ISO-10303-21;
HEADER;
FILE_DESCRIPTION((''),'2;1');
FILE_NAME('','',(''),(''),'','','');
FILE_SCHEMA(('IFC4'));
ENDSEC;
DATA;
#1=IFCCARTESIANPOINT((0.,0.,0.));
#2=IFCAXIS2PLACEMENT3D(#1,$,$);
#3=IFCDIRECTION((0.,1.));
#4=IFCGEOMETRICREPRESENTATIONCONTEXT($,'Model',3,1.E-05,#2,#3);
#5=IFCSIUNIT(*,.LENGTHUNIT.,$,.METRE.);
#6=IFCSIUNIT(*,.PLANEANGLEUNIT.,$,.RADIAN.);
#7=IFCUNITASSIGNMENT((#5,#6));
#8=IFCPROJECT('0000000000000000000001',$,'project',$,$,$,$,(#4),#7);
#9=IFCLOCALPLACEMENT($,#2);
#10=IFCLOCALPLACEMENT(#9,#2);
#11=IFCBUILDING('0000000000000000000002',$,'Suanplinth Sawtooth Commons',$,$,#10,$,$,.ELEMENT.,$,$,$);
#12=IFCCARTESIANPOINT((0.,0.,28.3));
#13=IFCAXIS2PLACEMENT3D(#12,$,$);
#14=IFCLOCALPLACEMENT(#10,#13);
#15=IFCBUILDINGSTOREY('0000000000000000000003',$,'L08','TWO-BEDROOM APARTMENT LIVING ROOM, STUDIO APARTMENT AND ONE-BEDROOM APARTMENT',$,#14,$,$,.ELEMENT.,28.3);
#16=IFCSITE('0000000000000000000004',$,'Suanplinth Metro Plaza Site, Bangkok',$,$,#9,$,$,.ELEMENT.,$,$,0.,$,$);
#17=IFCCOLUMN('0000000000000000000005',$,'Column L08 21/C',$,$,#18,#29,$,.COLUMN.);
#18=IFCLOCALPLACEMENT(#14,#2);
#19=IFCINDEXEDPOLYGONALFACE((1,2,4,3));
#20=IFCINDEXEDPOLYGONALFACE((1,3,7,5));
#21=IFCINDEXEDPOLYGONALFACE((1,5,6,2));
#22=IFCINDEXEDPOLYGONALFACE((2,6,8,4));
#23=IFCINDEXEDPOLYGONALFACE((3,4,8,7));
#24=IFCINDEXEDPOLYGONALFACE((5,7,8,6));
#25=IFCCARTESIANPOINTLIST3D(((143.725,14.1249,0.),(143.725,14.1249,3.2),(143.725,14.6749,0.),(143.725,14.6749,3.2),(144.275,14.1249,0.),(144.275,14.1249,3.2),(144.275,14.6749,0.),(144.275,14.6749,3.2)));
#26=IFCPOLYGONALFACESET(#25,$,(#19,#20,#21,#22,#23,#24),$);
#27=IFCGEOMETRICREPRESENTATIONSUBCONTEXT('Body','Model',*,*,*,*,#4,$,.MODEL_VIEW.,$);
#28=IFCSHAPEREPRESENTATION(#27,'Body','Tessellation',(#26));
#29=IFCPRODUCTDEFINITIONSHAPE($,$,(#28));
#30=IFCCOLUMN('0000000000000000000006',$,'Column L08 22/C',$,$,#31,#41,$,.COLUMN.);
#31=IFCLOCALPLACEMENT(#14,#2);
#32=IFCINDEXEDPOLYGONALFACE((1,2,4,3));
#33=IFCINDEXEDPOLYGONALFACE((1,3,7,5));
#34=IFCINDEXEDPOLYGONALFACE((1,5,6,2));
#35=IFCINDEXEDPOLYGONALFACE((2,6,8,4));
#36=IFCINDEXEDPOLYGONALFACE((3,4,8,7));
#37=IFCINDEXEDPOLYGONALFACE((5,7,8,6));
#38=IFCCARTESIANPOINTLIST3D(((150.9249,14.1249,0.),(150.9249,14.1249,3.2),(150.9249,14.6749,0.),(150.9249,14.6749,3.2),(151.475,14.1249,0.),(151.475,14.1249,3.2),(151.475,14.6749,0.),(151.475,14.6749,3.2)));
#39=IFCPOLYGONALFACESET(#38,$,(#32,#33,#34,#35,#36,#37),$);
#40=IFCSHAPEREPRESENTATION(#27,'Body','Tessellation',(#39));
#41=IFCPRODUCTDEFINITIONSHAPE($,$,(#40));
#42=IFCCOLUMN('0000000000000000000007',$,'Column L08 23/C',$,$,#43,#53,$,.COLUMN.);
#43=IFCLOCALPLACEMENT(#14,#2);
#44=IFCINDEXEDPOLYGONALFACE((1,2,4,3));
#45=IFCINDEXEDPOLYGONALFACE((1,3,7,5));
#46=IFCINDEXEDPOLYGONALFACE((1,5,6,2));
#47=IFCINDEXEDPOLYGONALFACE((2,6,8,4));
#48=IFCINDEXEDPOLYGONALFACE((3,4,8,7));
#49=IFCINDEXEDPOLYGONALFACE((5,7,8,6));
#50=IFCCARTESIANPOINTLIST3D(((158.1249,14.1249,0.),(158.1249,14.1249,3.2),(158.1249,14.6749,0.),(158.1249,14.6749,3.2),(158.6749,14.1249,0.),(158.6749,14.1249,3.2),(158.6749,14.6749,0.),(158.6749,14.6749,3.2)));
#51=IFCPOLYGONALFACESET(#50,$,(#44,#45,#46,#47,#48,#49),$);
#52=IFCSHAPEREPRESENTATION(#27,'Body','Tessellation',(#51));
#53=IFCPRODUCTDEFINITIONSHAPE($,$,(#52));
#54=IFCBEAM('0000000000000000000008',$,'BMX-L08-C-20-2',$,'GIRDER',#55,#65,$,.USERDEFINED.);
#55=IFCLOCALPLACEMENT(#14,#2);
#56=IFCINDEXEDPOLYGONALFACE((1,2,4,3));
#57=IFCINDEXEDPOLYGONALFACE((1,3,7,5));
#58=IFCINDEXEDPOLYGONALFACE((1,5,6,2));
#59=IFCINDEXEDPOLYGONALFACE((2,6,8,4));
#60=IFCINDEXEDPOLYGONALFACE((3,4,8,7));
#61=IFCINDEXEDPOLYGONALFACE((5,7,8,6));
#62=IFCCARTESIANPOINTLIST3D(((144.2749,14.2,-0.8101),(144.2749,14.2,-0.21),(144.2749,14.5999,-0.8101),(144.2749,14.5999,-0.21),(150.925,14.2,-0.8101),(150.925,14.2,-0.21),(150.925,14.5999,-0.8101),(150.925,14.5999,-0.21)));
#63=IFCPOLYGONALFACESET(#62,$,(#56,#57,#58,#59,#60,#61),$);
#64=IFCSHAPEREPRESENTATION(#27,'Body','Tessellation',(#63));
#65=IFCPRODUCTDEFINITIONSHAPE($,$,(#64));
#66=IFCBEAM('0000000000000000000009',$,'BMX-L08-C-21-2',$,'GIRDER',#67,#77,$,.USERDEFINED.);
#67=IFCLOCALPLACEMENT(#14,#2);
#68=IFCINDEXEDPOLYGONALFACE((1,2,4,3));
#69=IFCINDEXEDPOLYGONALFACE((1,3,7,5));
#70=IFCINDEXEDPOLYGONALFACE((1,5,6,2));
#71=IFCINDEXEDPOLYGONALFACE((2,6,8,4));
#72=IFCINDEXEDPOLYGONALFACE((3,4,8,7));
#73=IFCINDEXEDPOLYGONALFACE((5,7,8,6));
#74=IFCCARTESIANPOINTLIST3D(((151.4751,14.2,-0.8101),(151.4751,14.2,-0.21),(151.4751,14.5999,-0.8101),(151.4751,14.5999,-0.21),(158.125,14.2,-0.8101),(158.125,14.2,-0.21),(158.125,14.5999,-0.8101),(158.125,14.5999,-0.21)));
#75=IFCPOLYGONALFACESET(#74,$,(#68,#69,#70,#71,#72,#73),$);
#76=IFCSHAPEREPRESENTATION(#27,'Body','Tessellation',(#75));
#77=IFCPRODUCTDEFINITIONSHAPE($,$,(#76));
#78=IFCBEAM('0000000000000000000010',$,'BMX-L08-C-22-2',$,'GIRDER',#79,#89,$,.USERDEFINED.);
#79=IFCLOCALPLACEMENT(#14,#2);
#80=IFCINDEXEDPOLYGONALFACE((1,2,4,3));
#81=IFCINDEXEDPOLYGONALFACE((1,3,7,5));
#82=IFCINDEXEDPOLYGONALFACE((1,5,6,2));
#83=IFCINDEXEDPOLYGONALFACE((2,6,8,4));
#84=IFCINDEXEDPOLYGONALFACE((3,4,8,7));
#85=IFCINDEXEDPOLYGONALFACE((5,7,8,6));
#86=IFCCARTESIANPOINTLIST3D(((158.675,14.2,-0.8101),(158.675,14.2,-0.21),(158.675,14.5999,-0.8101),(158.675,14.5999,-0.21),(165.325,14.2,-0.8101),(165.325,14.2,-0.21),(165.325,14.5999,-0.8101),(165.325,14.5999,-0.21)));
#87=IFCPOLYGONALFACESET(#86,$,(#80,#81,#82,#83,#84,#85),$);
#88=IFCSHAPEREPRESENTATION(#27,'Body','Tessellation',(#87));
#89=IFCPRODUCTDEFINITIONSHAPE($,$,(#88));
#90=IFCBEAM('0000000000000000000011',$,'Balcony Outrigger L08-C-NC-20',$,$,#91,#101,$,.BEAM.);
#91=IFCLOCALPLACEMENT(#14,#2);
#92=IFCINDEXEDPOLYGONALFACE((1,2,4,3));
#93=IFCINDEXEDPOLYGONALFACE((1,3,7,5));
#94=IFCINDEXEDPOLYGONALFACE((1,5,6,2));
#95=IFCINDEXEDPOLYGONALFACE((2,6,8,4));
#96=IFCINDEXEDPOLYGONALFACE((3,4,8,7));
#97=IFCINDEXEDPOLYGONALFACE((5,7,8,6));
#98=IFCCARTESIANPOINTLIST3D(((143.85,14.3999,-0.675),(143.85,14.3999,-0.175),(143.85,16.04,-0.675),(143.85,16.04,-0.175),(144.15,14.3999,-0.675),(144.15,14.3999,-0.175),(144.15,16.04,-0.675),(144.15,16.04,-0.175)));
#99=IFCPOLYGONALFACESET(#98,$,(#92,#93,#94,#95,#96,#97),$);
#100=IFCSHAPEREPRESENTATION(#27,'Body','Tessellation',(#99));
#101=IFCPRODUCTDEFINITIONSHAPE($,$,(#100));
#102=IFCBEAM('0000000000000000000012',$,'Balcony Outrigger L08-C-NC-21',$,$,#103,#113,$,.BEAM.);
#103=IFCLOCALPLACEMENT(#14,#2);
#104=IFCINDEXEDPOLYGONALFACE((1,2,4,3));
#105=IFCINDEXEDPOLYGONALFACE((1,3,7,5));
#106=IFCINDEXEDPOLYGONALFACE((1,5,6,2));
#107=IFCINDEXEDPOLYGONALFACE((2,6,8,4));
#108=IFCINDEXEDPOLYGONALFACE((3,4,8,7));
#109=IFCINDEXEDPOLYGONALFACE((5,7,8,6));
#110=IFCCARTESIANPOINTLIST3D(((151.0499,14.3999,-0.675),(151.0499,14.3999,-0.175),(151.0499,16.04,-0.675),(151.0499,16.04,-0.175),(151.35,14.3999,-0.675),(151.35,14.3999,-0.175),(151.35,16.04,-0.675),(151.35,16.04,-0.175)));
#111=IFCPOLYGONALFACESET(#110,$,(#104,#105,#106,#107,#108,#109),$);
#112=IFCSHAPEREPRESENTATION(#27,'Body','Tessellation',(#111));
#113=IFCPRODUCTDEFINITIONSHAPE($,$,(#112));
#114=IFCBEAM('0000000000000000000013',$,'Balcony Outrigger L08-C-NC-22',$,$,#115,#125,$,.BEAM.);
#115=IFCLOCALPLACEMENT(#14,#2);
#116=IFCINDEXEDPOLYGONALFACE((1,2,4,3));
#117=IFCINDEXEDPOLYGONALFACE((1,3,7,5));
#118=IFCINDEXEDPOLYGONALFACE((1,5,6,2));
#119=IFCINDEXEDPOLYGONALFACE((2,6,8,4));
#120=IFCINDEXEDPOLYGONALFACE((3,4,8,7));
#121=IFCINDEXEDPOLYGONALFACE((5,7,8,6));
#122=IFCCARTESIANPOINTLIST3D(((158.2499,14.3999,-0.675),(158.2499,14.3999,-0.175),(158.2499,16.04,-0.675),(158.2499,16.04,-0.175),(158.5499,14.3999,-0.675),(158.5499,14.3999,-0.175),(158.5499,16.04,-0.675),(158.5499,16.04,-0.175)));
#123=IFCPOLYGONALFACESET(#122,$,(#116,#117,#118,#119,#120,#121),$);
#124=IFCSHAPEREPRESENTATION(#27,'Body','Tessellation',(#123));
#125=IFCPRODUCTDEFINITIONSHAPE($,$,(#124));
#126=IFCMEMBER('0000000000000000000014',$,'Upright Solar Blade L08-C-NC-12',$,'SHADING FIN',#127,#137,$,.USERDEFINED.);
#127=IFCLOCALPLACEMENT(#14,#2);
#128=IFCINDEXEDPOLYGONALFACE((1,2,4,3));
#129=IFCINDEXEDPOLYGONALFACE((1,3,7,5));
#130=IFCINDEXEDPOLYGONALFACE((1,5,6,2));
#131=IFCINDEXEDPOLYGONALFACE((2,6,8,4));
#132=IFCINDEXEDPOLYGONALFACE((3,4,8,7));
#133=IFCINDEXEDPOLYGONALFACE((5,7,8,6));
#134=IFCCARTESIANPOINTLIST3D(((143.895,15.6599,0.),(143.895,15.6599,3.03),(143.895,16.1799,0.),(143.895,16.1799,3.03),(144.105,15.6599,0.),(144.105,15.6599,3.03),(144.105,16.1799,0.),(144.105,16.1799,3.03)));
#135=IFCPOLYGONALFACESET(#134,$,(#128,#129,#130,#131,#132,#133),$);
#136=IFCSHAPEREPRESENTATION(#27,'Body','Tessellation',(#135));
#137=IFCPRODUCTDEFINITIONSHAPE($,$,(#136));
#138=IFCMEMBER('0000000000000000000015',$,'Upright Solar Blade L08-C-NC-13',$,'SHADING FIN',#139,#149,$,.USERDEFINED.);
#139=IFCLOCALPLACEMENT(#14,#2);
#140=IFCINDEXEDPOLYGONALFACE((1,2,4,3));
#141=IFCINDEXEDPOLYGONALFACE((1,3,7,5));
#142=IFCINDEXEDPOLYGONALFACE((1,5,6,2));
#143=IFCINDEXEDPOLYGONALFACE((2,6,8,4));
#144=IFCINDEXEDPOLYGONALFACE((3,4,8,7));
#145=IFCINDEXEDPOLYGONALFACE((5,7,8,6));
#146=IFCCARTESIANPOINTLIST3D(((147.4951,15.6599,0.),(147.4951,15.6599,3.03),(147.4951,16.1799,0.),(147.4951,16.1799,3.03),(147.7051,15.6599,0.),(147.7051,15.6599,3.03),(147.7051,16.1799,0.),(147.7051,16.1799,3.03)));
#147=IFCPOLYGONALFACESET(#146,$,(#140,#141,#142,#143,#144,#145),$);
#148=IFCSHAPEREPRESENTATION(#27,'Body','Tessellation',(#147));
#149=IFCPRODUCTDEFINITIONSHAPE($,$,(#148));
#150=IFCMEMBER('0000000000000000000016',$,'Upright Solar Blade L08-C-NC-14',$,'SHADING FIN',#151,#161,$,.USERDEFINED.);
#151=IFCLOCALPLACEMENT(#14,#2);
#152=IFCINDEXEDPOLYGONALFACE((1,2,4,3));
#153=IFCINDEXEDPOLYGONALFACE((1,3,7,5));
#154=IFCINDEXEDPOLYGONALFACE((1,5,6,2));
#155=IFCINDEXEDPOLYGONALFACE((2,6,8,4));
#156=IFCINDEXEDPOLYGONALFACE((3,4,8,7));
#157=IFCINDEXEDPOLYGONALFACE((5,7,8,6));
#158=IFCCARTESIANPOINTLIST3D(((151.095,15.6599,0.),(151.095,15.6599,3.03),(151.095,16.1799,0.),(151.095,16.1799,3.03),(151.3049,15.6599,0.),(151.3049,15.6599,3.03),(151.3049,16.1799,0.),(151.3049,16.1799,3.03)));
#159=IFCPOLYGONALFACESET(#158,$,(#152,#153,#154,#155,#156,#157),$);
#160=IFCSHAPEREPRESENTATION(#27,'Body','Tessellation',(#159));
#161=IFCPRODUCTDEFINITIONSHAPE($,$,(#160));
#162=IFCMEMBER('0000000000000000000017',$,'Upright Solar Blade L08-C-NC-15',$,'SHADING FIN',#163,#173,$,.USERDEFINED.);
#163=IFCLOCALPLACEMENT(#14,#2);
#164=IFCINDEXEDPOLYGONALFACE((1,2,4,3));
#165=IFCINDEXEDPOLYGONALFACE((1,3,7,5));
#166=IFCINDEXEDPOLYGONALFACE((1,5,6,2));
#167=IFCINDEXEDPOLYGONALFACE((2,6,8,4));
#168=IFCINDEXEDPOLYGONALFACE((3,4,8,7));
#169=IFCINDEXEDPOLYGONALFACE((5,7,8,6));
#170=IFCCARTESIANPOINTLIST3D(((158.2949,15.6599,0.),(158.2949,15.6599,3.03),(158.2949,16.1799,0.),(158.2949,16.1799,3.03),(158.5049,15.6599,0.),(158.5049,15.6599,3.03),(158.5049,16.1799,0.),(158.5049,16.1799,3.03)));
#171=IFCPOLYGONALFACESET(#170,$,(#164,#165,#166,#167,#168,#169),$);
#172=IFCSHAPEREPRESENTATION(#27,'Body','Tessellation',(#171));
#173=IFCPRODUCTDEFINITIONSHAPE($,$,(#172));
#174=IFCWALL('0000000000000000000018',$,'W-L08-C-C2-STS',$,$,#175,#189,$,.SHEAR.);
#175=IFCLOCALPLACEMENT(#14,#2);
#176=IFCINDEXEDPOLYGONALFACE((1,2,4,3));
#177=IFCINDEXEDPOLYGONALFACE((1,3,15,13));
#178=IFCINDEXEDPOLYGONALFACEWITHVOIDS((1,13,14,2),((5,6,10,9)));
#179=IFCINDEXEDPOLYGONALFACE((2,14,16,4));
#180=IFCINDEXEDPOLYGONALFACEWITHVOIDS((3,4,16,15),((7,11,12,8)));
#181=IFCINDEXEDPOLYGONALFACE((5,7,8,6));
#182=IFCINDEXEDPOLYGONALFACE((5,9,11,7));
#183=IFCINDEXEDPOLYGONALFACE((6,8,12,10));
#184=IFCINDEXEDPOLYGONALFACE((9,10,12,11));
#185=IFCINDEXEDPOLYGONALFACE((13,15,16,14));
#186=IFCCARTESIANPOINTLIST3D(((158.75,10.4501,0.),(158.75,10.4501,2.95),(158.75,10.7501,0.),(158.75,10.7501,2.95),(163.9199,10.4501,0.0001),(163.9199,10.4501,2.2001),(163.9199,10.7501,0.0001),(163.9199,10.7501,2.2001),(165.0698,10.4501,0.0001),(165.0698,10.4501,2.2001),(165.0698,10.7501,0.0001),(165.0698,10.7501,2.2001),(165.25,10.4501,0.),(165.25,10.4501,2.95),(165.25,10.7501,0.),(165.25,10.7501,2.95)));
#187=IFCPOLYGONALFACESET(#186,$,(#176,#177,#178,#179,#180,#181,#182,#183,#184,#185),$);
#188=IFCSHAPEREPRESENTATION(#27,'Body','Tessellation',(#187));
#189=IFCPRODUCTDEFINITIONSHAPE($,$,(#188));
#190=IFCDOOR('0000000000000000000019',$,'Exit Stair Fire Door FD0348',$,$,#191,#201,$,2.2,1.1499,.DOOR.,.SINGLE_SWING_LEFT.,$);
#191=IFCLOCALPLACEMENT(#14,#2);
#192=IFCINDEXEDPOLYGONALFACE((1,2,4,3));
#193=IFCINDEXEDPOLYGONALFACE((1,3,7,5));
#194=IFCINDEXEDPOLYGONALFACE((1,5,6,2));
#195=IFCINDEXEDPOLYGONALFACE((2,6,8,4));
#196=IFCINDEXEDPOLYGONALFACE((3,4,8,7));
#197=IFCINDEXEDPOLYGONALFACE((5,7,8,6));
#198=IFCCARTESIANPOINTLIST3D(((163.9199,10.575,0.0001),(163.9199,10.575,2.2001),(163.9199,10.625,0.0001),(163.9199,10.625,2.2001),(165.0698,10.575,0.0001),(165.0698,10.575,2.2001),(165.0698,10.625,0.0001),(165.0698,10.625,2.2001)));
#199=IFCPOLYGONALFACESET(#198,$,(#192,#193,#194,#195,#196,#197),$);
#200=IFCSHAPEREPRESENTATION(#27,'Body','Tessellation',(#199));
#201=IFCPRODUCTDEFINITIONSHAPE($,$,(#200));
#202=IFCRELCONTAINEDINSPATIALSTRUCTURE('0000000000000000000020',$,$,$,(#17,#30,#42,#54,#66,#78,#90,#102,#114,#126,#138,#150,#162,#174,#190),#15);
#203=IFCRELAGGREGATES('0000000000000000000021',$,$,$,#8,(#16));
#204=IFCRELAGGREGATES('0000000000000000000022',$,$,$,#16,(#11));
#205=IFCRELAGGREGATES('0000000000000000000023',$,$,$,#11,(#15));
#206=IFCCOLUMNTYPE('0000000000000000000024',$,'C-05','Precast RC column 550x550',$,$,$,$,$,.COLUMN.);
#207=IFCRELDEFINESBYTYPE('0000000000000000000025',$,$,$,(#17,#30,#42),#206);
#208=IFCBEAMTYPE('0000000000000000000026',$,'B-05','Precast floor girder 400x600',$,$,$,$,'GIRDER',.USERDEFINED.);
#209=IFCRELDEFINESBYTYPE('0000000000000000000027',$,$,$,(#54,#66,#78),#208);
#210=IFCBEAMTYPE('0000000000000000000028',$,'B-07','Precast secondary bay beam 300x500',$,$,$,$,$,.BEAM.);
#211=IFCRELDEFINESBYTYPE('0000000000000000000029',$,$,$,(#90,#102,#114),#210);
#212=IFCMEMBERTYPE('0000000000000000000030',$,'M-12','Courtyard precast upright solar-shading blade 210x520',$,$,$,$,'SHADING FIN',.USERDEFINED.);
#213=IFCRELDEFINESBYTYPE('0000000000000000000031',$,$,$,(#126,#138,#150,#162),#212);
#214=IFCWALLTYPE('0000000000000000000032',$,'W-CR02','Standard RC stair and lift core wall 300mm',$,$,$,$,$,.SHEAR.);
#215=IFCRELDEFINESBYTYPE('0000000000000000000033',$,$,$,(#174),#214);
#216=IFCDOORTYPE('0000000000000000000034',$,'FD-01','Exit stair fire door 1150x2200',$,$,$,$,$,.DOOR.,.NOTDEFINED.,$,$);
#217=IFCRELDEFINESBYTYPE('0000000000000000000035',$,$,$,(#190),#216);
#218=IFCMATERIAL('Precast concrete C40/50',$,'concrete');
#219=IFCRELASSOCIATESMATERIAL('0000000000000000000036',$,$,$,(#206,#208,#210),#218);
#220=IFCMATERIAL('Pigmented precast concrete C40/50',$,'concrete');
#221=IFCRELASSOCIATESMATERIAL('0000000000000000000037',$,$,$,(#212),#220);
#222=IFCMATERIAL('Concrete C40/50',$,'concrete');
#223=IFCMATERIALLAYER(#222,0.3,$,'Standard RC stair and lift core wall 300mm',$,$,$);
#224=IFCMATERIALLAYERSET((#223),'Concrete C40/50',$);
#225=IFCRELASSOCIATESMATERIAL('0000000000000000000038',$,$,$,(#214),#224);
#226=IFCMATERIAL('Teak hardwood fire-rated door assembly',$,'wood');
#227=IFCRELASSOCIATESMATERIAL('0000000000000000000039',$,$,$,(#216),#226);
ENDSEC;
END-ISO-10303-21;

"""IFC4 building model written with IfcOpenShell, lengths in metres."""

from ifc_helpers import new_model, si_unit, direction, frame, frame_2d, origin, origin_2d, place, context, subcontext, project, spatial, rectangle, extrude, material, layer, layer_set, material_profile, profile_set, type_object, element, fill, save


model = new_model("IFC4")

# Units and contexts
model_context = context("Model", 3, precision=1e-05, world=origin(), true_north=direction((0.0, 1.0)))
body_context = subcontext(model_context, "Body", "Model", "MODEL_VIEW")
ifc_project = project(units=[si_unit("LENGTHUNIT", "METRE"), si_unit("PLANEANGLEUNIT", "RADIAN")], contexts=[model_context])

# Site, building, storey
site_placement = place(None, origin())
site = spatial("IfcSite", under=ifc_project, at=site_placement, Name="Suanplinth Metro Plaza Site, Bangkok", CompositionType="ELEMENT", RefElevation=0.0)
building_placement = place(site_placement, origin())
building = spatial("IfcBuilding", under=site, at=building_placement, Name="Suanplinth Sawtooth Commons", CompositionType="ELEMENT")
storey_placement = place(building_placement, frame((0.0, 0.0, 28.3)))
storey = spatial("IfcBuildingStorey", under=building, at=storey_placement, Name="L08", Description="TWO-BEDROOM APARTMENT LIVING ROOM, STUDIO APARTMENT AND ONE-BEDROOM APARTMENT", CompositionType="ELEMENT", Elevation=28.3)

# Columns
ifc_material_1 = material(Name="Precast concrete C40/50", Category="concrete")
ifc_material_profile_1 = material_profile(ifc_material_1, rectangle(XDim=0.55, YDim=0.55, at=origin_2d()), Name="PC-COL 550x550")
ifc_profile_set_1 = profile_set([ifc_material_profile_1], Name="Precast concrete C40/50")
column_type = type_object("IfcColumnType", Name="C-05", Description="Precast RC column 550x550", PredefinedType="COLUMN", material=ifc_profile_set_1)
for number, where, z_axis, x_axis, name in (
    (1, (144.0, 14.3999, 0.0), (0.0, 0.0, 1.0), (1.0, 0.0, 0.0), "Column L08 21/C"),
    (2, (151.2, 14.3999, 0.0), (0.0, 0.0, 1.0), (1.0, 0.0, 0.0), "Column L08 22/C"),
    (3, (158.3999, 14.3999, 0.0), (0.0, 0.0, 1.0), (1.0, 0.0, 0.0), "Column L08 23/C"),
):
    element("IfcColumn", number, at=place(storey_placement, frame(where, z_axis=z_axis, x_axis=x_axis)), inside=storey, type_object=column_type, Name=name, PredefinedType="COLUMN", context=body_context, shape_type="SweptSolid", body=[
        extrude(rectangle(XDim=0.55, YDim=0.55, at=origin_2d()), origin(), (0.0, 0.0, 1.0), 3.2),
    ])

# Beams
ifc_material_profile_2 = material_profile(ifc_material_1, rectangle(XDim=0.3999, YDim=0.6001, at=origin_2d()), Name="PC-GDR 400x600")
ifc_profile_set_2 = profile_set([ifc_material_profile_2], Name="Precast concrete C40/50")
beam_type_1 = type_object("IfcBeamType", Name="B-05", Description="Precast floor girder 400x600", ElementType="GIRDER", PredefinedType="USERDEFINED", material=ifc_profile_set_2)
beam_placement = place(storey_placement, frame((144.2749, 14.3999, -0.51), z_axis=(1.0, 0.0, 0.0), x_axis=(0.0, 1.0, 0.0)))
element("IfcBeam", 4, at=beam_placement, inside=storey, type_object=beam_type_1, Name="BMX-L08-C-20-2", ObjectType="GIRDER", PredefinedType="USERDEFINED", context=body_context, shape_type="SweptSolid", body=[
    extrude(rectangle(XDim=0.3999, YDim=0.6001, at=origin_2d()), origin(), (0.0, 0.0, 1.0), 6.6501),
])
for number, where, z_axis, x_axis, name in (
    (5, (151.4751, 14.3999, -0.51), (1.0, 0.0, 0.0), (0.0, 1.0, 0.0), "BMX-L08-C-21-2"),
    (6, (158.675, 14.3999, -0.51), (1.0, 0.0, 0.0), (0.0, 1.0, 0.0), "BMX-L08-C-22-2"),
):
    element("IfcBeam", number, at=place(storey_placement, frame(where, z_axis=z_axis, x_axis=x_axis)), inside=storey, type_object=beam_type_1, Name=name, ObjectType="GIRDER", PredefinedType="USERDEFINED", context=body_context, shape_type="SweptSolid", body=[
        extrude(rectangle(XDim=0.3999, YDim=0.6001, at=origin_2d()), origin(), (0.0, 0.0, 1.0), 6.6499),
    ])
ifc_material_profile_3 = material_profile(ifc_material_1, rectangle(XDim=0.3, YDim=0.5, at=origin_2d()), Name="PC-BM 300x500")
ifc_profile_set_3 = profile_set([ifc_material_profile_3], Name="Precast concrete C40/50")
beam_type_2 = type_object("IfcBeamType", Name="B-07", Description="Precast secondary bay beam 300x500", PredefinedType="BEAM", material=ifc_profile_set_3)
for number, where, z_axis, x_axis, name in (
    (7, (144.0, 14.3999, -0.425), (0.0, 1.0, 0.0), (-1.0, 0.0, 0.0), "Balcony Outrigger L08-C-NC-20"),
    (8, (151.2, 14.3999, -0.425), (0.0, 1.0, 0.0), (-1.0, 0.0, 0.0), "Balcony Outrigger L08-C-NC-21"),
    (9, (158.3999, 14.3999, -0.425), (0.0, 1.0, 0.0), (-1.0, 0.0, 0.0), "Balcony Outrigger L08-C-NC-22"),
):
    element("IfcBeam", number, at=place(storey_placement, frame(where, z_axis=z_axis, x_axis=x_axis)), inside=storey, type_object=beam_type_2, Name=name, PredefinedType="BEAM", context=body_context, shape_type="SweptSolid", body=[
        extrude(rectangle(XDim=0.3, YDim=0.5, at=origin_2d()), origin(), (0.0, 0.0, 1.0), 1.6401),
    ])

# Members
ifc_material_2 = material(Name="Pigmented precast concrete C40/50", Category="concrete")
ifc_material_profile_4 = material_profile(ifc_material_2, rectangle(XDim=0.21, YDim=0.52, at=origin_2d()), Name="PC-FIN 210x520")
ifc_profile_set_4 = profile_set([ifc_material_profile_4], Name="Pigmented precast concrete C40/50")
member_type = type_object("IfcMemberType", Name="M-12", Description="Courtyard precast upright solar-shading blade 210x520", ElementType="SHADING FIN", PredefinedType="USERDEFINED", material=ifc_profile_set_4)
for number, where, z_axis, x_axis, name in (
    (10, (144.0, 15.9199, 0.0), (0.0, 0.0, 1.0), (1.0, 0.0, 0.0), "Upright Solar Blade L08-C-NC-12"),
    (11, (147.6001, 15.9199, 0.0), (0.0, 0.0, 1.0), (1.0, 0.0, 0.0), "Upright Solar Blade L08-C-NC-13"),
    (12, (151.2, 15.9199, 0.0), (0.0, 0.0, 1.0), (1.0, 0.0, 0.0), "Upright Solar Blade L08-C-NC-14"),
    (13, (158.3999, 15.9199, 0.0), (0.0, 0.0, 1.0), (1.0, 0.0, 0.0), "Upright Solar Blade L08-C-NC-15"),
):
    element("IfcMember", number, at=place(storey_placement, frame(where, z_axis=z_axis, x_axis=x_axis)), inside=storey, type_object=member_type, Name=name, ObjectType="SHADING FIN", PredefinedType="USERDEFINED", context=body_context, shape_type="SweptSolid", body=[
        extrude(rectangle(XDim=0.21, YDim=0.52, at=origin_2d()), origin(), (0.0, 0.0, 1.0), 3.03),
    ])

# Wall, opening, door
ifc_material_3 = material(Name="Concrete C40/50", Category="concrete")
ifc_layer_1 = layer(ifc_material_3, 0.3, Name="Standard RC stair and lift core wall 300mm")
ifc_layer_set_1 = layer_set([ifc_layer_1], Name="Concrete C40/50")
wall_type_1 = type_object("IfcWallType", Name="W-CR02", Description="Standard RC stair and lift core wall 300mm", PredefinedType="SHEAR", material=ifc_layer_set_1)
wall_1_placement = place(storey_placement, frame((158.75, 10.6001, 0.0), z_axis=(0.0, 0.0, 1.0), x_axis=(1.0, 0.0, 0.0)))
wall_1 = element("IfcWall", 14, at=wall_1_placement, inside=storey, type_object=wall_type_1, Name="W-L08-C-C2-STS", PredefinedType="SHEAR", context=body_context, shape_type="SweptSolid", body=[
    extrude(rectangle(XDim=6.5, YDim=0.3, at=frame_2d((3.25, 0.0))), origin(), (0.0, 0.0, 1.0), 2.95),
])
opening_1_placement = place(wall_1_placement, frame((5.1699, 0.0, 0.0)))
opening_1 = element("IfcOpeningElement", 15, at=opening_1_placement, cuts=wall_1, PredefinedType="OPENING", context=body_context, shape_type="SweptSolid", body=[
    extrude(rectangle(XDim=1.1499, YDim=2.2, at=frame_2d((0.575, 1.1001))), frame((0.0, 0.165, 0.0), z_axis=(0.0, -1.0, 0.0), x_axis=(1.0, 0.0, 0.0)), (0.0, 0.0, 1.0), 0.3298),
])
ifc_material_4 = material(Name="Teak hardwood fire-rated door assembly", Category="wood")
door_type_1 = type_object("IfcDoorType", Name="FD-01", Description="Exit stair fire door 1150x2200", OperationType="NOTDEFINED", PredefinedType="DOOR", material=ifc_material_4)
door_1_placement = place(opening_1_placement, origin())
door_1 = element("IfcDoor", 16, at=door_1_placement, inside=storey, type_object=door_type_1, Name="Exit Stair Fire Door FD0348", OperationType="SINGLE_SWING_LEFT", OverallHeight=2.2, OverallWidth=1.1499, PredefinedType="DOOR", context=body_context, shape_type="SweptSolid", body=[
    extrude(rectangle(XDim=1.1499, YDim=2.2, at=frame_2d((0.575, 1.1001))), frame((0.0, 0.0249, 0.0), z_axis=(0.0, -1.0, 0.0), x_axis=(1.0, 0.0, 0.0)), (0.0, 0.0, 1.0), 0.05),
])
fill(opening_1, door_1)

save(model, "model.ifc")
